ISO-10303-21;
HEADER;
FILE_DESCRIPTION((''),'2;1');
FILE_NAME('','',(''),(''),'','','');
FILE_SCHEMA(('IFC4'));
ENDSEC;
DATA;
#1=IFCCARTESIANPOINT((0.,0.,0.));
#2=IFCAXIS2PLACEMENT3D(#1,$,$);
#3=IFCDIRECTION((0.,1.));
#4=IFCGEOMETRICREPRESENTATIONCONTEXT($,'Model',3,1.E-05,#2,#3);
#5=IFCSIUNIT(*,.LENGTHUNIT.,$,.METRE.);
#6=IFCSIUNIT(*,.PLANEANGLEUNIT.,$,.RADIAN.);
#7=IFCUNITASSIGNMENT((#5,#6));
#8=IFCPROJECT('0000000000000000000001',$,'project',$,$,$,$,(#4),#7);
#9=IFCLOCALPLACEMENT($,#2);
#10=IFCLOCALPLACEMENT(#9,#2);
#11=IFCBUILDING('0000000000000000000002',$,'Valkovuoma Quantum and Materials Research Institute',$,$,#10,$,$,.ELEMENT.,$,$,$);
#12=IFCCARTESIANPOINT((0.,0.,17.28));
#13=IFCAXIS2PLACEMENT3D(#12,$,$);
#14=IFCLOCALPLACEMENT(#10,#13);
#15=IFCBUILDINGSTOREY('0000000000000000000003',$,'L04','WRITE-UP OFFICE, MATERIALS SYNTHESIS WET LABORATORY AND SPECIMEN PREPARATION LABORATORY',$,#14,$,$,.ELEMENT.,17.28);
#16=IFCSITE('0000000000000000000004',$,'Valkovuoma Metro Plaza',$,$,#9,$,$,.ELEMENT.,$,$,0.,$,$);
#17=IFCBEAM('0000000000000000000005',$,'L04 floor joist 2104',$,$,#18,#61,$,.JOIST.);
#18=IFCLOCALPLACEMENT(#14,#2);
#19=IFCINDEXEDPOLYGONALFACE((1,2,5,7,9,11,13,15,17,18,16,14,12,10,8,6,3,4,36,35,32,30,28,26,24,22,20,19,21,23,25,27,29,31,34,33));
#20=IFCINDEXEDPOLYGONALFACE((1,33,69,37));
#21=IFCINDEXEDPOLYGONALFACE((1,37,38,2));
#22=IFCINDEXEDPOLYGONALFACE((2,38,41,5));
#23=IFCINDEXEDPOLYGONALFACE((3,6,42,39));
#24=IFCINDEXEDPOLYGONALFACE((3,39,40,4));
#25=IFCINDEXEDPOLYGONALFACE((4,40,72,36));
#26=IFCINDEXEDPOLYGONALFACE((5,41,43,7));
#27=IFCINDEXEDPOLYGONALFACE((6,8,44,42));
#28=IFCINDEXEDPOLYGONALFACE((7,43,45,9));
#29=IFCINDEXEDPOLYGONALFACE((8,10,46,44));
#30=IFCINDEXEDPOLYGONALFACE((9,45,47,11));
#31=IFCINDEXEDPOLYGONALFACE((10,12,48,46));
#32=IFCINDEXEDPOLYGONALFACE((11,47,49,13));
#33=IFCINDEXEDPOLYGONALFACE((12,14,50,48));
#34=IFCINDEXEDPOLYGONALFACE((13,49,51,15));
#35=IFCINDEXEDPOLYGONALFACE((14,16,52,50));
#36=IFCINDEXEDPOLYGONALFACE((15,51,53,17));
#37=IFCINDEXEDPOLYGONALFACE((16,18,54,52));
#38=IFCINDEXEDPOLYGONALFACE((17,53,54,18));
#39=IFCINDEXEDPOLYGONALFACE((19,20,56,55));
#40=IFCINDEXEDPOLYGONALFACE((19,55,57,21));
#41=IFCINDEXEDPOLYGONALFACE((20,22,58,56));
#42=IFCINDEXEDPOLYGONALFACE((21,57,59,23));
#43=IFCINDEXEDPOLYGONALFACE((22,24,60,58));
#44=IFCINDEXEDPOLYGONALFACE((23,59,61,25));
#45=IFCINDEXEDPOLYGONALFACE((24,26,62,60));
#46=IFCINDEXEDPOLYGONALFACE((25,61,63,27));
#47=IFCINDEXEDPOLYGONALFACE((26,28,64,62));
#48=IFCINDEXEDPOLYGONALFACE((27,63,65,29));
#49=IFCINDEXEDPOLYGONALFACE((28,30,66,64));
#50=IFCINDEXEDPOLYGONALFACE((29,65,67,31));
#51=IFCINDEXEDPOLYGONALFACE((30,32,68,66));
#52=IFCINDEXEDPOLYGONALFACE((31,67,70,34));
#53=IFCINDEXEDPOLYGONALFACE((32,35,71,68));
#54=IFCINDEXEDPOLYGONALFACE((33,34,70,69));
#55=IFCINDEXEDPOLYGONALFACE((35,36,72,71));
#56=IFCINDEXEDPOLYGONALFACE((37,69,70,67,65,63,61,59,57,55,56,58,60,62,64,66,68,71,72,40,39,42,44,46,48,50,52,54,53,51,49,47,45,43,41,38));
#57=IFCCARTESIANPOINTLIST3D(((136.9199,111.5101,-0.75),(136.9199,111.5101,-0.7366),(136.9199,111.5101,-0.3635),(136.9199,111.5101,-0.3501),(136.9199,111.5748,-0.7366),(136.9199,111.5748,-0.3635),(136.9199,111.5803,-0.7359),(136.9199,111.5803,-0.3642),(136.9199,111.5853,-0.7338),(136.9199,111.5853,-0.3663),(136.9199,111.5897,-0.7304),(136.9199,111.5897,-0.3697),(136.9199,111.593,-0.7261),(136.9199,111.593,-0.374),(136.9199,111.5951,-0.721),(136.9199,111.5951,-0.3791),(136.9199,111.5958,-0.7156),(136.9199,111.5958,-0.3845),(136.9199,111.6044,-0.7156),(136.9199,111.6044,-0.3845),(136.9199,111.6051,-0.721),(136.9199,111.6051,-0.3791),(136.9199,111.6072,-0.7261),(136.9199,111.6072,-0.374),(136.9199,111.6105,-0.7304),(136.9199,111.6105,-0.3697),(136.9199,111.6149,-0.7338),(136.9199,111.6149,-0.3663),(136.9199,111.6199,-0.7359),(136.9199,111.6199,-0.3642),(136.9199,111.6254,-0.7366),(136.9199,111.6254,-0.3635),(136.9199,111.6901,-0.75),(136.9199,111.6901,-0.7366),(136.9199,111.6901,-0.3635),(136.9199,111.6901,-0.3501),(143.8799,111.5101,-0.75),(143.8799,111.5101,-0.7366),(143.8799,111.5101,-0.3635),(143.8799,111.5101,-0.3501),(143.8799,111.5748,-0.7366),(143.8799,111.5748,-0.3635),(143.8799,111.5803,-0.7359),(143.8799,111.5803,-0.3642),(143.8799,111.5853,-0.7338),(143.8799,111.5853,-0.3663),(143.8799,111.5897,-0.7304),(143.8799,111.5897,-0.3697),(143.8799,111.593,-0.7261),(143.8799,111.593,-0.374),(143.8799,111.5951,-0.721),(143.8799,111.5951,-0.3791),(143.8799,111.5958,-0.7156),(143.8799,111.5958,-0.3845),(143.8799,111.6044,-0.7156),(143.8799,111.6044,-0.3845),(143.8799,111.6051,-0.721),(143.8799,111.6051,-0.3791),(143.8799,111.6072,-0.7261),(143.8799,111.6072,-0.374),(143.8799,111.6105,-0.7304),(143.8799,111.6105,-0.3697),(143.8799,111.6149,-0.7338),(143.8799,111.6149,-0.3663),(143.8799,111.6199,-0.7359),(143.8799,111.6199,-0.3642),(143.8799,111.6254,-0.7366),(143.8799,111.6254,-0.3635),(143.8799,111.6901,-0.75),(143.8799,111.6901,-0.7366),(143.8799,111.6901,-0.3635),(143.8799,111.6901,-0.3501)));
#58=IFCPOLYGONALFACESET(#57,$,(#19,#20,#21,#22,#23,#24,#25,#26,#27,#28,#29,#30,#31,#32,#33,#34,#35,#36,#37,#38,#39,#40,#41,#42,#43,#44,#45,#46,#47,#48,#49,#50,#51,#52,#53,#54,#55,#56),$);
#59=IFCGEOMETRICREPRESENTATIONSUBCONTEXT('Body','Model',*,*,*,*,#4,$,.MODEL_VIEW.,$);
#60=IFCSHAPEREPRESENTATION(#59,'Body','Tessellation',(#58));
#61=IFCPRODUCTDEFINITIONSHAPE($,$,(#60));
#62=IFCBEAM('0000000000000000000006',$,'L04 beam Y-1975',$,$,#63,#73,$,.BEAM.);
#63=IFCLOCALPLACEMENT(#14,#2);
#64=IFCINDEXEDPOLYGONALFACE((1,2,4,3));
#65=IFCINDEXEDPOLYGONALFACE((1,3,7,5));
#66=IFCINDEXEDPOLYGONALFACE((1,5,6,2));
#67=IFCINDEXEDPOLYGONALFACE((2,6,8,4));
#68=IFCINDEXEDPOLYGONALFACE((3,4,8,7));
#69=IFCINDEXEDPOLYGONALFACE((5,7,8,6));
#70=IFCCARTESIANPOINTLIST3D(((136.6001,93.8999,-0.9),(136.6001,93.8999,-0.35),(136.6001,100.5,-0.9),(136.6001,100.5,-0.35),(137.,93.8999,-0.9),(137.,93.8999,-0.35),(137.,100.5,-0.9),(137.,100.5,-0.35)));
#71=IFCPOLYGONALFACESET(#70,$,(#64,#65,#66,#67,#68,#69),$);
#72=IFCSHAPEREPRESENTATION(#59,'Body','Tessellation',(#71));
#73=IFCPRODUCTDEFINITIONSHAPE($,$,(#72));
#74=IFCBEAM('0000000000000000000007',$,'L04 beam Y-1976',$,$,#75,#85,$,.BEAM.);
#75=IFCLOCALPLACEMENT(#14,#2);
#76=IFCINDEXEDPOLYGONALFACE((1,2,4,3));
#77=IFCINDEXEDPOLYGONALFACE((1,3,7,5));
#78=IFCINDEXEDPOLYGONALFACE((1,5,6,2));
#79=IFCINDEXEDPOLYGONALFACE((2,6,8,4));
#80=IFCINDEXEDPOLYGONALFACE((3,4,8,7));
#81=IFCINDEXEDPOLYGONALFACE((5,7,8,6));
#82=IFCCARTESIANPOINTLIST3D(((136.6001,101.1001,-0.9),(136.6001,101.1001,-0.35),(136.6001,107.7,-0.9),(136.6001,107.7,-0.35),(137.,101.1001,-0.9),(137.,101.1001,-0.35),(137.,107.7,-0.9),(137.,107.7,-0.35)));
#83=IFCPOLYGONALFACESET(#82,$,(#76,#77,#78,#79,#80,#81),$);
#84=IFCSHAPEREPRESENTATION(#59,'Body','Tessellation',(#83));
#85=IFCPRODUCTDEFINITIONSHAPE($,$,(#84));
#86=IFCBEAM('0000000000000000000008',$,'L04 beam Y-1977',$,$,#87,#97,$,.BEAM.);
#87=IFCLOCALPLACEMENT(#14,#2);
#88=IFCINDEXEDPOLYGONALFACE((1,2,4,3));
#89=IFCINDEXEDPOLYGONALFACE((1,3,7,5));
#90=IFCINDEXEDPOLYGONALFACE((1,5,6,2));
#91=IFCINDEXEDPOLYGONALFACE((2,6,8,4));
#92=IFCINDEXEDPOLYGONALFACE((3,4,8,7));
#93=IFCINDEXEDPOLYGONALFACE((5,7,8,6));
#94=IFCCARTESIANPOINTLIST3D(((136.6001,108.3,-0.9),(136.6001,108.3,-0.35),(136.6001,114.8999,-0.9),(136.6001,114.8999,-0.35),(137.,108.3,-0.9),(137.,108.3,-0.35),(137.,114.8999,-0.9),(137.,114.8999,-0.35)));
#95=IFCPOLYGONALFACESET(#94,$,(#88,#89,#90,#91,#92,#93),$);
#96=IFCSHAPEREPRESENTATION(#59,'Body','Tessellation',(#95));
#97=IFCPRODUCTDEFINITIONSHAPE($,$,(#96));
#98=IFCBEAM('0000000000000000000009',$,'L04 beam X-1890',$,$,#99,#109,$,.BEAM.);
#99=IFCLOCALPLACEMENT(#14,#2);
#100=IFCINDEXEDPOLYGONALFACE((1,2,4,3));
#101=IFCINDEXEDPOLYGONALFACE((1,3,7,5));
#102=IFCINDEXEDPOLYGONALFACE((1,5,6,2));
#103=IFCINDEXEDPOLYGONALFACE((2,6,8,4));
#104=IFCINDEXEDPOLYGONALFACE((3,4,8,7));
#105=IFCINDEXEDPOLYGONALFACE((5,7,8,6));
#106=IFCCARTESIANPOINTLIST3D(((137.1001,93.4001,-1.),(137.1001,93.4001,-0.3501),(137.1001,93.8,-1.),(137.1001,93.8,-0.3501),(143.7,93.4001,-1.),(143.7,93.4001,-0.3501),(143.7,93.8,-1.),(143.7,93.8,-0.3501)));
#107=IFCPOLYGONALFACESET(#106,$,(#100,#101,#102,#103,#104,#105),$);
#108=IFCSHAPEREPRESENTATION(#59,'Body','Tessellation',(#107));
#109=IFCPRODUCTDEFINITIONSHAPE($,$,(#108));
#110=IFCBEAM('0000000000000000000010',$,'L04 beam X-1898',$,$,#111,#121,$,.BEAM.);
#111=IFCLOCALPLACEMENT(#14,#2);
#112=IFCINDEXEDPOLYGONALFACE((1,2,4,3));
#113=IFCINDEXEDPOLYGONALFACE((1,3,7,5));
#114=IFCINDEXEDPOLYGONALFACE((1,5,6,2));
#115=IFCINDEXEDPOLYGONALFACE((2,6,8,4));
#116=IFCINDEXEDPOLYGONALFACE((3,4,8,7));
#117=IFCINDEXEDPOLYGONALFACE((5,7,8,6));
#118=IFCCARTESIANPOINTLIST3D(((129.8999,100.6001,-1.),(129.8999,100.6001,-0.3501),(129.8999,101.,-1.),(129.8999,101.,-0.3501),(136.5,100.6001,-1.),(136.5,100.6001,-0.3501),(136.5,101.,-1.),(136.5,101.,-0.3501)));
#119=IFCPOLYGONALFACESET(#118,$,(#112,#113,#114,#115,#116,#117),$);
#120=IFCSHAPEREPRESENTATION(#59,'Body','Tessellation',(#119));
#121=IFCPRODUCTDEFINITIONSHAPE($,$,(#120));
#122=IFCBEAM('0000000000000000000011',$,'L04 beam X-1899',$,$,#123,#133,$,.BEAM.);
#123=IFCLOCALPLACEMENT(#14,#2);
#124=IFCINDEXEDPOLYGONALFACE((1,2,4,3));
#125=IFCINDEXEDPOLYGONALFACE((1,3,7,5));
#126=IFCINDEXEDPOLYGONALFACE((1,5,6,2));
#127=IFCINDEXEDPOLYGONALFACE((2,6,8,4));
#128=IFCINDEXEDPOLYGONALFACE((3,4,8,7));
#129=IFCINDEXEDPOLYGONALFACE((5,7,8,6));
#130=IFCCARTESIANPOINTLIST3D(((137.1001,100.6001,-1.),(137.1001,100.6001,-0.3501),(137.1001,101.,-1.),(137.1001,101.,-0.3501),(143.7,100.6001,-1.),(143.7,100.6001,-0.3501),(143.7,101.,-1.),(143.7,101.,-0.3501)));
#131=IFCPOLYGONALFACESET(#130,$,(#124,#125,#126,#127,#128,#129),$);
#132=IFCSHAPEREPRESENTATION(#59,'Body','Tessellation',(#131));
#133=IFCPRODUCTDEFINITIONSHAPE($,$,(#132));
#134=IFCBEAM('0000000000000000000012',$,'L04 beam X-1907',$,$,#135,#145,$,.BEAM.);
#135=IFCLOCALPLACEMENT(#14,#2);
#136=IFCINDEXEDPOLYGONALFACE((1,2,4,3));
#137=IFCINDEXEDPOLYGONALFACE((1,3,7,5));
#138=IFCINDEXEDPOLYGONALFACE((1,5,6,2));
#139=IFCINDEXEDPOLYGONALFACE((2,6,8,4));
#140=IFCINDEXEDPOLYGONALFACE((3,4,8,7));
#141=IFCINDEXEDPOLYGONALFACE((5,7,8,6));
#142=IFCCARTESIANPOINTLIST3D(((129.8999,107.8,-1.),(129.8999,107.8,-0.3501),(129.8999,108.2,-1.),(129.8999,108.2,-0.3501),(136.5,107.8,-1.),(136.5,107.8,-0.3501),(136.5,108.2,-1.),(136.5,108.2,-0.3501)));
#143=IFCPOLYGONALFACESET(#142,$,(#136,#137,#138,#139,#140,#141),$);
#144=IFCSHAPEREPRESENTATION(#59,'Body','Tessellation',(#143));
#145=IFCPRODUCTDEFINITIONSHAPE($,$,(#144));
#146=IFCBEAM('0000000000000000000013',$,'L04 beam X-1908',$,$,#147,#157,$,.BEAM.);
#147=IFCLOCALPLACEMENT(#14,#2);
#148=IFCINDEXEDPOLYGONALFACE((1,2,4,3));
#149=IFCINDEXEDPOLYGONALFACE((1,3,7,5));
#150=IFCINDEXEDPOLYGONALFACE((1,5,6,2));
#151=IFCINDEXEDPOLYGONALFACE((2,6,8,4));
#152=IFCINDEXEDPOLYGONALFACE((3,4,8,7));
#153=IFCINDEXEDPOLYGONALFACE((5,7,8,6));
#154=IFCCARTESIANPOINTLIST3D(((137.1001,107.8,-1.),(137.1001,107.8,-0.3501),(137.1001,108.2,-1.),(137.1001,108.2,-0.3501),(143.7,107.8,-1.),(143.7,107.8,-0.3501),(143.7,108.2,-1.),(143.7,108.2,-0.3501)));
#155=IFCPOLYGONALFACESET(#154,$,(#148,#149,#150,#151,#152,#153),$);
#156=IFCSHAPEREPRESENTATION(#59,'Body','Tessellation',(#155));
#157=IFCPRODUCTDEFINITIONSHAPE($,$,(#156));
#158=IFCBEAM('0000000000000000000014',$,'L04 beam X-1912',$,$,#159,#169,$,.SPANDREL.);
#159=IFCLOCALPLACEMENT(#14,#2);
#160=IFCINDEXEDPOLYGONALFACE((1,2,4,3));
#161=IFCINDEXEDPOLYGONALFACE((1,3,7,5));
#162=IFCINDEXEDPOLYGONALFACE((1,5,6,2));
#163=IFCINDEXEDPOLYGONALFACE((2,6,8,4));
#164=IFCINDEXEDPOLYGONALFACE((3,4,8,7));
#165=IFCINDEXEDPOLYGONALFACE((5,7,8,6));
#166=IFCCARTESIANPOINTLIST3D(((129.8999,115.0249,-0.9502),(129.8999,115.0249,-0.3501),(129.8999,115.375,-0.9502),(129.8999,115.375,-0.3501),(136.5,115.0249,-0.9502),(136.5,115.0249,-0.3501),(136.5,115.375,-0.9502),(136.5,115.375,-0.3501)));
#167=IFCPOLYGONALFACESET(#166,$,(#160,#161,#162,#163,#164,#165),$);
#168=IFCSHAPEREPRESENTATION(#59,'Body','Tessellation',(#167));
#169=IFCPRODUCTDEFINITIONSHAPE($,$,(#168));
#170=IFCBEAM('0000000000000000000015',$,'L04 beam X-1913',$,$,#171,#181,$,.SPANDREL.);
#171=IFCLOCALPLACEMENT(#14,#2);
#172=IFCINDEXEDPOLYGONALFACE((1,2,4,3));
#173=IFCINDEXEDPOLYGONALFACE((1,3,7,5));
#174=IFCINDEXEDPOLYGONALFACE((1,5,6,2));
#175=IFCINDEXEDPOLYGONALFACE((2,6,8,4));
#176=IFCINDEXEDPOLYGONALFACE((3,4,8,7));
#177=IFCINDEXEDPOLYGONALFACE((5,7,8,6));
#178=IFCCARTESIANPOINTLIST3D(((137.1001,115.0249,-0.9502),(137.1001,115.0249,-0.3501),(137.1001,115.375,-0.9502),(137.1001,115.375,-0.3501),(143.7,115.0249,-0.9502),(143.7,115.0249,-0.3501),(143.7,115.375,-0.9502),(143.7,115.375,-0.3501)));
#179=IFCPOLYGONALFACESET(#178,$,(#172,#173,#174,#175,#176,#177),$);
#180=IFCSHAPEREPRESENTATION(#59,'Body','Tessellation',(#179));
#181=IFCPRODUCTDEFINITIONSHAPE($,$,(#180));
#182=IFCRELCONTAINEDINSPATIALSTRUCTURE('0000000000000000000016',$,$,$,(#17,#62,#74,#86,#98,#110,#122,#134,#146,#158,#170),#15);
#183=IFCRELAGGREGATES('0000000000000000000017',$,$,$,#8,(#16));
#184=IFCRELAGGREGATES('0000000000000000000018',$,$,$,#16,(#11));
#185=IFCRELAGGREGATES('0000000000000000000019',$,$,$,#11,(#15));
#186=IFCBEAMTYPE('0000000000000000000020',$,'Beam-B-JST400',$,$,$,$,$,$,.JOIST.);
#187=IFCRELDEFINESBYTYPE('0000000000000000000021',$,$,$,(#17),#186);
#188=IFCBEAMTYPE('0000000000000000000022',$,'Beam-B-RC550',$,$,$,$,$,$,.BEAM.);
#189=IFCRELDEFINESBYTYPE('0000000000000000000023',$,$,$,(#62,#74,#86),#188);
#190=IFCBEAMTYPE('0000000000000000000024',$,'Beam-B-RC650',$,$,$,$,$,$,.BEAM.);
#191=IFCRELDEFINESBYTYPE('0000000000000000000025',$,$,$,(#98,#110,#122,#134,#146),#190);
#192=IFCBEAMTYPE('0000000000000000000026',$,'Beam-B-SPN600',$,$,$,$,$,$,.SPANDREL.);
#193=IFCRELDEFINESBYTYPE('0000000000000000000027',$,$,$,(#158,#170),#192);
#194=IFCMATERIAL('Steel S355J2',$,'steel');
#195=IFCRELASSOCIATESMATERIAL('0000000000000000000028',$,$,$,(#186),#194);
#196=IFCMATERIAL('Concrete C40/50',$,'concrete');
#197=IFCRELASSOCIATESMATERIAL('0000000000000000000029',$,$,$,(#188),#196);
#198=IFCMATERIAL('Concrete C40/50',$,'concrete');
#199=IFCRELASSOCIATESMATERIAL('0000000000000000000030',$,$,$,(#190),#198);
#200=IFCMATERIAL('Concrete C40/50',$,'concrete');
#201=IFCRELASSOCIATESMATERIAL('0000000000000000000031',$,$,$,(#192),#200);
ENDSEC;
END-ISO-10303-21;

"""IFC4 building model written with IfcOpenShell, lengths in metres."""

from ifc_helpers import new_model, si_unit, direction, frame, origin, origin_2d, place, context, subcontext, project, spatial, rectangle, i_section, extrude, material, material_profile, profile_set, type_object, element, save


model = new_model("IFC4")

# Units and contexts
model_context = context("Model", 3, precision=1e-05, world=origin(), true_north=direction((0.0, 1.0)))
body_context = subcontext(model_context, "Body", "Model", "MODEL_VIEW")
ifc_project = project(units=[si_unit("LENGTHUNIT", "METRE"), si_unit("PLANEANGLEUNIT", "RADIAN")], contexts=[model_context])

# Site, building, storey
site_placement = place(None, origin())
site = spatial("IfcSite", under=ifc_project, at=site_placement, Name="Valkovuoma Metro Plaza", CompositionType="ELEMENT", RefElevation=0.0)
building_placement = place(site_placement, origin())
building = spatial("IfcBuilding", under=site, at=building_placement, Name="Valkovuoma Quantum and Materials Research Institute", CompositionType="ELEMENT")
storey_placement = place(building_placement, frame((0.0, 0.0, 17.28)))
storey = spatial("IfcBuildingStorey", under=building, at=storey_placement, Name="L04", Description="WRITE-UP OFFICE, MATERIALS SYNTHESIS WET LABORATORY AND SPECIMEN PREPARATION LABORATORY", CompositionType="ELEMENT", Elevation=17.28)

# Beams
ifc_material_1 = material(Name="Steel S355J2", Category="steel")
ifc_material_profile_1 = material_profile(ifc_material_1, i_section(OverallWidth=0.1799, OverallDepth=0.3999, WebThickness=0.0085, FlangeThickness=0.0134, FilletRadius=0.021, at=origin_2d()), Name="Steel S355J2")
ifc_profile_set_1 = profile_set([ifc_material_profile_1], Name="Steel S355J2")
beam_type_1 = type_object("IfcBeamType", Name="Beam-B-JST400", PredefinedType="JOIST", material=ifc_profile_set_1)
for number, where, z_axis, x_axis, name in (
    (1, (136.9199, 111.6001, -0.55), (1.0, 0.0, 0.0), (0.0, 1.0, 0.0), "L04 floor joist 2104"),
):
    element("IfcBeam", number, at=place(storey_placement, frame(where, z_axis=z_axis, x_axis=x_axis)), inside=storey, type_object=beam_type_1, Name=name, PredefinedType="JOIST", context=body_context, shape_type="SweptSolid", body=[
        extrude(i_section(OverallWidth=0.1799, OverallDepth=0.3999, WebThickness=0.0085, FlangeThickness=0.0134, FilletRadius=0.021, at=origin_2d()), origin(), (0.0, 0.0, 1.0), 6.96),
    ])
ifc_material_2 = material(Name="Concrete C40/50", Category="concrete")
ifc_material_profile_2 = material_profile(ifc_material_2, rectangle(XDim=0.3999, YDim=0.55, at=origin_2d()), Name="Concrete C40/50")
ifc_profile_set_2 = profile_set([ifc_material_profile_2], Name="Concrete C40/50")
beam_type_2 = type_object("IfcBeamType", Name="Beam-B-RC550", PredefinedType="BEAM", material=ifc_profile_set_2)
beam_1_placement = place(storey_placement, frame((136.8, 93.8999, -0.625), z_axis=(0.0, 1.0, 0.0), x_axis=(-1.0, 0.0, 0.0)))
element("IfcBeam", 2, at=beam_1_placement, inside=storey, type_object=beam_type_2, Name="L04 beam Y-1975", PredefinedType="BEAM", context=body_context, shape_type="SweptSolid", body=[
    extrude(rectangle(XDim=0.3999, YDim=0.55, at=origin_2d()), origin(), (0.0, 0.0, 1.0), 6.6001),
])
for number, where, z_axis, x_axis, name in (
    (3, (136.8, 101.1001, -0.625), (0.0, 1.0, 0.0), (-1.0, 0.0, 0.0), "L04 beam Y-1976"),
    (4, (136.8, 108.3, -0.625), (0.0, 1.0, 0.0), (-1.0, 0.0, 0.0), "L04 beam Y-1977"),
):
    element("IfcBeam", number, at=place(storey_placement, frame(where, z_axis=z_axis, x_axis=x_axis)), inside=storey, type_object=beam_type_2, Name=name, PredefinedType="BEAM", context=body_context, shape_type="SweptSolid", body=[
        extrude(rectangle(XDim=0.3999, YDim=0.55, at=origin_2d()), origin(), (0.0, 0.0, 1.0), 6.5999),
    ])
ifc_material_3 = material(Name="Concrete C40/50", Category="concrete")
ifc_material_profile_3 = material_profile(ifc_material_3, rectangle(XDim=0.3999, YDim=0.6499, at=origin_2d()), Name="Concrete C40/50")
ifc_profile_set_3 = profile_set([ifc_material_profile_3], Name="Concrete C40/50")
beam_type_3 = type_object("IfcBeamType", Name="Beam-B-RC650", PredefinedType="BEAM", material=ifc_profile_set_3)
beam_2_placement = place(storey_placement, frame((137.1001, 93.6001, -0.675), z_axis=(1.0, 0.0, 0.0), x_axis=(0.0, 1.0, 0.0)))
element("IfcBeam", 5, at=beam_2_placement, inside=storey, type_object=beam_type_3, Name="L04 beam X-1890", PredefinedType="BEAM", context=body_context, shape_type="SweptSolid", body=[
    extrude(rectangle(XDim=0.3999, YDim=0.6499, at=origin_2d()), origin(), (0.0, 0.0, 1.0), 6.5999),
])
beam_3_placement = place(storey_placement, frame((129.8999, 100.8, -0.675), z_axis=(1.0, 0.0, 0.0), x_axis=(0.0, 1.0, 0.0)))
element("IfcBeam", 6, at=beam_3_placement, inside=storey, type_object=beam_type_3, Name="L04 beam X-1898", PredefinedType="BEAM", context=body_context, shape_type="SweptSolid", body=[
    extrude(rectangle(XDim=0.3999, YDim=0.6499, at=origin_2d()), origin(), (0.0, 0.0, 1.0), 6.6001),
])
beam_4_placement = place(storey_placement, frame((137.1001, 100.8, -0.675), z_axis=(1.0, 0.0, 0.0), x_axis=(0.0, 1.0, 0.0)))
element("IfcBeam", 7, at=beam_4_placement, inside=storey, type_object=beam_type_3, Name="L04 beam X-1899", PredefinedType="BEAM", context=body_context, shape_type="SweptSolid", body=[
    extrude(rectangle(XDim=0.3999, YDim=0.6499, at=origin_2d()), origin(), (0.0, 0.0, 1.0), 6.5999),
])
beam_5_placement = place(storey_placement, frame((129.8999, 108.0, -0.675), z_axis=(1.0, 0.0, 0.0), x_axis=(0.0, 1.0, 0.0)))
element("IfcBeam", 8, at=beam_5_placement, inside=storey, type_object=beam_type_3, Name="L04 beam X-1907", PredefinedType="BEAM", context=body_context, shape_type="SweptSolid", body=[
    extrude(rectangle(XDim=0.3999, YDim=0.6499, at=origin_2d()), origin(), (0.0, 0.0, 1.0), 6.6001),
])
beam_6_placement = place(storey_placement, frame((137.1001, 108.0, -0.675), z_axis=(1.0, 0.0, 0.0), x_axis=(0.0, 1.0, 0.0)))
element("IfcBeam", 9, at=beam_6_placement, inside=storey, type_object=beam_type_3, Name="L04 beam X-1908", PredefinedType="BEAM", context=body_context, shape_type="SweptSolid", body=[
    extrude(rectangle(XDim=0.3999, YDim=0.6499, at=origin_2d()), origin(), (0.0, 0.0, 1.0), 6.5999),
])
ifc_material_4 = material(Name="Concrete C40/50", Category="concrete")
ifc_material_profile_4 = material_profile(ifc_material_4, rectangle(XDim=0.3501, YDim=0.6001, at=origin_2d()), Name="Concrete C40/50")
ifc_profile_set_4 = profile_set([ifc_material_profile_4], Name="Concrete C40/50")
beam_type_4 = type_object("IfcBeamType", Name="Beam-B-SPN600", PredefinedType="SPANDREL", material=ifc_profile_set_4)
beam_7_placement = place(storey_placement, frame((129.8999, 115.2, -0.6501), z_axis=(1.0, 0.0, 0.0), x_axis=(0.0, 1.0, 0.0)))
element("IfcBeam", 10, at=beam_7_placement, inside=storey, type_object=beam_type_4, Name="L04 beam X-1912", PredefinedType="SPANDREL", context=body_context, shape_type="SweptSolid", body=[
    extrude(rectangle(XDim=0.3501, YDim=0.6001, at=origin_2d()), origin(), (0.0, 0.0, 1.0), 6.6001),
])
beam_8_placement = place(storey_placement, frame((137.1001, 115.2, -0.6501), z_axis=(1.0, 0.0, 0.0), x_axis=(0.0, 1.0, 0.0)))
element("IfcBeam", 11, at=beam_8_placement, inside=storey, type_object=beam_type_4, Name="L04 beam X-1913", PredefinedType="SPANDREL", context=body_context, shape_type="SweptSolid", body=[
    extrude(rectangle(XDim=0.3501, YDim=0.6001, at=origin_2d()), origin(), (0.0, 0.0, 1.0), 6.5999),
])

save(model, "model.ifc")
